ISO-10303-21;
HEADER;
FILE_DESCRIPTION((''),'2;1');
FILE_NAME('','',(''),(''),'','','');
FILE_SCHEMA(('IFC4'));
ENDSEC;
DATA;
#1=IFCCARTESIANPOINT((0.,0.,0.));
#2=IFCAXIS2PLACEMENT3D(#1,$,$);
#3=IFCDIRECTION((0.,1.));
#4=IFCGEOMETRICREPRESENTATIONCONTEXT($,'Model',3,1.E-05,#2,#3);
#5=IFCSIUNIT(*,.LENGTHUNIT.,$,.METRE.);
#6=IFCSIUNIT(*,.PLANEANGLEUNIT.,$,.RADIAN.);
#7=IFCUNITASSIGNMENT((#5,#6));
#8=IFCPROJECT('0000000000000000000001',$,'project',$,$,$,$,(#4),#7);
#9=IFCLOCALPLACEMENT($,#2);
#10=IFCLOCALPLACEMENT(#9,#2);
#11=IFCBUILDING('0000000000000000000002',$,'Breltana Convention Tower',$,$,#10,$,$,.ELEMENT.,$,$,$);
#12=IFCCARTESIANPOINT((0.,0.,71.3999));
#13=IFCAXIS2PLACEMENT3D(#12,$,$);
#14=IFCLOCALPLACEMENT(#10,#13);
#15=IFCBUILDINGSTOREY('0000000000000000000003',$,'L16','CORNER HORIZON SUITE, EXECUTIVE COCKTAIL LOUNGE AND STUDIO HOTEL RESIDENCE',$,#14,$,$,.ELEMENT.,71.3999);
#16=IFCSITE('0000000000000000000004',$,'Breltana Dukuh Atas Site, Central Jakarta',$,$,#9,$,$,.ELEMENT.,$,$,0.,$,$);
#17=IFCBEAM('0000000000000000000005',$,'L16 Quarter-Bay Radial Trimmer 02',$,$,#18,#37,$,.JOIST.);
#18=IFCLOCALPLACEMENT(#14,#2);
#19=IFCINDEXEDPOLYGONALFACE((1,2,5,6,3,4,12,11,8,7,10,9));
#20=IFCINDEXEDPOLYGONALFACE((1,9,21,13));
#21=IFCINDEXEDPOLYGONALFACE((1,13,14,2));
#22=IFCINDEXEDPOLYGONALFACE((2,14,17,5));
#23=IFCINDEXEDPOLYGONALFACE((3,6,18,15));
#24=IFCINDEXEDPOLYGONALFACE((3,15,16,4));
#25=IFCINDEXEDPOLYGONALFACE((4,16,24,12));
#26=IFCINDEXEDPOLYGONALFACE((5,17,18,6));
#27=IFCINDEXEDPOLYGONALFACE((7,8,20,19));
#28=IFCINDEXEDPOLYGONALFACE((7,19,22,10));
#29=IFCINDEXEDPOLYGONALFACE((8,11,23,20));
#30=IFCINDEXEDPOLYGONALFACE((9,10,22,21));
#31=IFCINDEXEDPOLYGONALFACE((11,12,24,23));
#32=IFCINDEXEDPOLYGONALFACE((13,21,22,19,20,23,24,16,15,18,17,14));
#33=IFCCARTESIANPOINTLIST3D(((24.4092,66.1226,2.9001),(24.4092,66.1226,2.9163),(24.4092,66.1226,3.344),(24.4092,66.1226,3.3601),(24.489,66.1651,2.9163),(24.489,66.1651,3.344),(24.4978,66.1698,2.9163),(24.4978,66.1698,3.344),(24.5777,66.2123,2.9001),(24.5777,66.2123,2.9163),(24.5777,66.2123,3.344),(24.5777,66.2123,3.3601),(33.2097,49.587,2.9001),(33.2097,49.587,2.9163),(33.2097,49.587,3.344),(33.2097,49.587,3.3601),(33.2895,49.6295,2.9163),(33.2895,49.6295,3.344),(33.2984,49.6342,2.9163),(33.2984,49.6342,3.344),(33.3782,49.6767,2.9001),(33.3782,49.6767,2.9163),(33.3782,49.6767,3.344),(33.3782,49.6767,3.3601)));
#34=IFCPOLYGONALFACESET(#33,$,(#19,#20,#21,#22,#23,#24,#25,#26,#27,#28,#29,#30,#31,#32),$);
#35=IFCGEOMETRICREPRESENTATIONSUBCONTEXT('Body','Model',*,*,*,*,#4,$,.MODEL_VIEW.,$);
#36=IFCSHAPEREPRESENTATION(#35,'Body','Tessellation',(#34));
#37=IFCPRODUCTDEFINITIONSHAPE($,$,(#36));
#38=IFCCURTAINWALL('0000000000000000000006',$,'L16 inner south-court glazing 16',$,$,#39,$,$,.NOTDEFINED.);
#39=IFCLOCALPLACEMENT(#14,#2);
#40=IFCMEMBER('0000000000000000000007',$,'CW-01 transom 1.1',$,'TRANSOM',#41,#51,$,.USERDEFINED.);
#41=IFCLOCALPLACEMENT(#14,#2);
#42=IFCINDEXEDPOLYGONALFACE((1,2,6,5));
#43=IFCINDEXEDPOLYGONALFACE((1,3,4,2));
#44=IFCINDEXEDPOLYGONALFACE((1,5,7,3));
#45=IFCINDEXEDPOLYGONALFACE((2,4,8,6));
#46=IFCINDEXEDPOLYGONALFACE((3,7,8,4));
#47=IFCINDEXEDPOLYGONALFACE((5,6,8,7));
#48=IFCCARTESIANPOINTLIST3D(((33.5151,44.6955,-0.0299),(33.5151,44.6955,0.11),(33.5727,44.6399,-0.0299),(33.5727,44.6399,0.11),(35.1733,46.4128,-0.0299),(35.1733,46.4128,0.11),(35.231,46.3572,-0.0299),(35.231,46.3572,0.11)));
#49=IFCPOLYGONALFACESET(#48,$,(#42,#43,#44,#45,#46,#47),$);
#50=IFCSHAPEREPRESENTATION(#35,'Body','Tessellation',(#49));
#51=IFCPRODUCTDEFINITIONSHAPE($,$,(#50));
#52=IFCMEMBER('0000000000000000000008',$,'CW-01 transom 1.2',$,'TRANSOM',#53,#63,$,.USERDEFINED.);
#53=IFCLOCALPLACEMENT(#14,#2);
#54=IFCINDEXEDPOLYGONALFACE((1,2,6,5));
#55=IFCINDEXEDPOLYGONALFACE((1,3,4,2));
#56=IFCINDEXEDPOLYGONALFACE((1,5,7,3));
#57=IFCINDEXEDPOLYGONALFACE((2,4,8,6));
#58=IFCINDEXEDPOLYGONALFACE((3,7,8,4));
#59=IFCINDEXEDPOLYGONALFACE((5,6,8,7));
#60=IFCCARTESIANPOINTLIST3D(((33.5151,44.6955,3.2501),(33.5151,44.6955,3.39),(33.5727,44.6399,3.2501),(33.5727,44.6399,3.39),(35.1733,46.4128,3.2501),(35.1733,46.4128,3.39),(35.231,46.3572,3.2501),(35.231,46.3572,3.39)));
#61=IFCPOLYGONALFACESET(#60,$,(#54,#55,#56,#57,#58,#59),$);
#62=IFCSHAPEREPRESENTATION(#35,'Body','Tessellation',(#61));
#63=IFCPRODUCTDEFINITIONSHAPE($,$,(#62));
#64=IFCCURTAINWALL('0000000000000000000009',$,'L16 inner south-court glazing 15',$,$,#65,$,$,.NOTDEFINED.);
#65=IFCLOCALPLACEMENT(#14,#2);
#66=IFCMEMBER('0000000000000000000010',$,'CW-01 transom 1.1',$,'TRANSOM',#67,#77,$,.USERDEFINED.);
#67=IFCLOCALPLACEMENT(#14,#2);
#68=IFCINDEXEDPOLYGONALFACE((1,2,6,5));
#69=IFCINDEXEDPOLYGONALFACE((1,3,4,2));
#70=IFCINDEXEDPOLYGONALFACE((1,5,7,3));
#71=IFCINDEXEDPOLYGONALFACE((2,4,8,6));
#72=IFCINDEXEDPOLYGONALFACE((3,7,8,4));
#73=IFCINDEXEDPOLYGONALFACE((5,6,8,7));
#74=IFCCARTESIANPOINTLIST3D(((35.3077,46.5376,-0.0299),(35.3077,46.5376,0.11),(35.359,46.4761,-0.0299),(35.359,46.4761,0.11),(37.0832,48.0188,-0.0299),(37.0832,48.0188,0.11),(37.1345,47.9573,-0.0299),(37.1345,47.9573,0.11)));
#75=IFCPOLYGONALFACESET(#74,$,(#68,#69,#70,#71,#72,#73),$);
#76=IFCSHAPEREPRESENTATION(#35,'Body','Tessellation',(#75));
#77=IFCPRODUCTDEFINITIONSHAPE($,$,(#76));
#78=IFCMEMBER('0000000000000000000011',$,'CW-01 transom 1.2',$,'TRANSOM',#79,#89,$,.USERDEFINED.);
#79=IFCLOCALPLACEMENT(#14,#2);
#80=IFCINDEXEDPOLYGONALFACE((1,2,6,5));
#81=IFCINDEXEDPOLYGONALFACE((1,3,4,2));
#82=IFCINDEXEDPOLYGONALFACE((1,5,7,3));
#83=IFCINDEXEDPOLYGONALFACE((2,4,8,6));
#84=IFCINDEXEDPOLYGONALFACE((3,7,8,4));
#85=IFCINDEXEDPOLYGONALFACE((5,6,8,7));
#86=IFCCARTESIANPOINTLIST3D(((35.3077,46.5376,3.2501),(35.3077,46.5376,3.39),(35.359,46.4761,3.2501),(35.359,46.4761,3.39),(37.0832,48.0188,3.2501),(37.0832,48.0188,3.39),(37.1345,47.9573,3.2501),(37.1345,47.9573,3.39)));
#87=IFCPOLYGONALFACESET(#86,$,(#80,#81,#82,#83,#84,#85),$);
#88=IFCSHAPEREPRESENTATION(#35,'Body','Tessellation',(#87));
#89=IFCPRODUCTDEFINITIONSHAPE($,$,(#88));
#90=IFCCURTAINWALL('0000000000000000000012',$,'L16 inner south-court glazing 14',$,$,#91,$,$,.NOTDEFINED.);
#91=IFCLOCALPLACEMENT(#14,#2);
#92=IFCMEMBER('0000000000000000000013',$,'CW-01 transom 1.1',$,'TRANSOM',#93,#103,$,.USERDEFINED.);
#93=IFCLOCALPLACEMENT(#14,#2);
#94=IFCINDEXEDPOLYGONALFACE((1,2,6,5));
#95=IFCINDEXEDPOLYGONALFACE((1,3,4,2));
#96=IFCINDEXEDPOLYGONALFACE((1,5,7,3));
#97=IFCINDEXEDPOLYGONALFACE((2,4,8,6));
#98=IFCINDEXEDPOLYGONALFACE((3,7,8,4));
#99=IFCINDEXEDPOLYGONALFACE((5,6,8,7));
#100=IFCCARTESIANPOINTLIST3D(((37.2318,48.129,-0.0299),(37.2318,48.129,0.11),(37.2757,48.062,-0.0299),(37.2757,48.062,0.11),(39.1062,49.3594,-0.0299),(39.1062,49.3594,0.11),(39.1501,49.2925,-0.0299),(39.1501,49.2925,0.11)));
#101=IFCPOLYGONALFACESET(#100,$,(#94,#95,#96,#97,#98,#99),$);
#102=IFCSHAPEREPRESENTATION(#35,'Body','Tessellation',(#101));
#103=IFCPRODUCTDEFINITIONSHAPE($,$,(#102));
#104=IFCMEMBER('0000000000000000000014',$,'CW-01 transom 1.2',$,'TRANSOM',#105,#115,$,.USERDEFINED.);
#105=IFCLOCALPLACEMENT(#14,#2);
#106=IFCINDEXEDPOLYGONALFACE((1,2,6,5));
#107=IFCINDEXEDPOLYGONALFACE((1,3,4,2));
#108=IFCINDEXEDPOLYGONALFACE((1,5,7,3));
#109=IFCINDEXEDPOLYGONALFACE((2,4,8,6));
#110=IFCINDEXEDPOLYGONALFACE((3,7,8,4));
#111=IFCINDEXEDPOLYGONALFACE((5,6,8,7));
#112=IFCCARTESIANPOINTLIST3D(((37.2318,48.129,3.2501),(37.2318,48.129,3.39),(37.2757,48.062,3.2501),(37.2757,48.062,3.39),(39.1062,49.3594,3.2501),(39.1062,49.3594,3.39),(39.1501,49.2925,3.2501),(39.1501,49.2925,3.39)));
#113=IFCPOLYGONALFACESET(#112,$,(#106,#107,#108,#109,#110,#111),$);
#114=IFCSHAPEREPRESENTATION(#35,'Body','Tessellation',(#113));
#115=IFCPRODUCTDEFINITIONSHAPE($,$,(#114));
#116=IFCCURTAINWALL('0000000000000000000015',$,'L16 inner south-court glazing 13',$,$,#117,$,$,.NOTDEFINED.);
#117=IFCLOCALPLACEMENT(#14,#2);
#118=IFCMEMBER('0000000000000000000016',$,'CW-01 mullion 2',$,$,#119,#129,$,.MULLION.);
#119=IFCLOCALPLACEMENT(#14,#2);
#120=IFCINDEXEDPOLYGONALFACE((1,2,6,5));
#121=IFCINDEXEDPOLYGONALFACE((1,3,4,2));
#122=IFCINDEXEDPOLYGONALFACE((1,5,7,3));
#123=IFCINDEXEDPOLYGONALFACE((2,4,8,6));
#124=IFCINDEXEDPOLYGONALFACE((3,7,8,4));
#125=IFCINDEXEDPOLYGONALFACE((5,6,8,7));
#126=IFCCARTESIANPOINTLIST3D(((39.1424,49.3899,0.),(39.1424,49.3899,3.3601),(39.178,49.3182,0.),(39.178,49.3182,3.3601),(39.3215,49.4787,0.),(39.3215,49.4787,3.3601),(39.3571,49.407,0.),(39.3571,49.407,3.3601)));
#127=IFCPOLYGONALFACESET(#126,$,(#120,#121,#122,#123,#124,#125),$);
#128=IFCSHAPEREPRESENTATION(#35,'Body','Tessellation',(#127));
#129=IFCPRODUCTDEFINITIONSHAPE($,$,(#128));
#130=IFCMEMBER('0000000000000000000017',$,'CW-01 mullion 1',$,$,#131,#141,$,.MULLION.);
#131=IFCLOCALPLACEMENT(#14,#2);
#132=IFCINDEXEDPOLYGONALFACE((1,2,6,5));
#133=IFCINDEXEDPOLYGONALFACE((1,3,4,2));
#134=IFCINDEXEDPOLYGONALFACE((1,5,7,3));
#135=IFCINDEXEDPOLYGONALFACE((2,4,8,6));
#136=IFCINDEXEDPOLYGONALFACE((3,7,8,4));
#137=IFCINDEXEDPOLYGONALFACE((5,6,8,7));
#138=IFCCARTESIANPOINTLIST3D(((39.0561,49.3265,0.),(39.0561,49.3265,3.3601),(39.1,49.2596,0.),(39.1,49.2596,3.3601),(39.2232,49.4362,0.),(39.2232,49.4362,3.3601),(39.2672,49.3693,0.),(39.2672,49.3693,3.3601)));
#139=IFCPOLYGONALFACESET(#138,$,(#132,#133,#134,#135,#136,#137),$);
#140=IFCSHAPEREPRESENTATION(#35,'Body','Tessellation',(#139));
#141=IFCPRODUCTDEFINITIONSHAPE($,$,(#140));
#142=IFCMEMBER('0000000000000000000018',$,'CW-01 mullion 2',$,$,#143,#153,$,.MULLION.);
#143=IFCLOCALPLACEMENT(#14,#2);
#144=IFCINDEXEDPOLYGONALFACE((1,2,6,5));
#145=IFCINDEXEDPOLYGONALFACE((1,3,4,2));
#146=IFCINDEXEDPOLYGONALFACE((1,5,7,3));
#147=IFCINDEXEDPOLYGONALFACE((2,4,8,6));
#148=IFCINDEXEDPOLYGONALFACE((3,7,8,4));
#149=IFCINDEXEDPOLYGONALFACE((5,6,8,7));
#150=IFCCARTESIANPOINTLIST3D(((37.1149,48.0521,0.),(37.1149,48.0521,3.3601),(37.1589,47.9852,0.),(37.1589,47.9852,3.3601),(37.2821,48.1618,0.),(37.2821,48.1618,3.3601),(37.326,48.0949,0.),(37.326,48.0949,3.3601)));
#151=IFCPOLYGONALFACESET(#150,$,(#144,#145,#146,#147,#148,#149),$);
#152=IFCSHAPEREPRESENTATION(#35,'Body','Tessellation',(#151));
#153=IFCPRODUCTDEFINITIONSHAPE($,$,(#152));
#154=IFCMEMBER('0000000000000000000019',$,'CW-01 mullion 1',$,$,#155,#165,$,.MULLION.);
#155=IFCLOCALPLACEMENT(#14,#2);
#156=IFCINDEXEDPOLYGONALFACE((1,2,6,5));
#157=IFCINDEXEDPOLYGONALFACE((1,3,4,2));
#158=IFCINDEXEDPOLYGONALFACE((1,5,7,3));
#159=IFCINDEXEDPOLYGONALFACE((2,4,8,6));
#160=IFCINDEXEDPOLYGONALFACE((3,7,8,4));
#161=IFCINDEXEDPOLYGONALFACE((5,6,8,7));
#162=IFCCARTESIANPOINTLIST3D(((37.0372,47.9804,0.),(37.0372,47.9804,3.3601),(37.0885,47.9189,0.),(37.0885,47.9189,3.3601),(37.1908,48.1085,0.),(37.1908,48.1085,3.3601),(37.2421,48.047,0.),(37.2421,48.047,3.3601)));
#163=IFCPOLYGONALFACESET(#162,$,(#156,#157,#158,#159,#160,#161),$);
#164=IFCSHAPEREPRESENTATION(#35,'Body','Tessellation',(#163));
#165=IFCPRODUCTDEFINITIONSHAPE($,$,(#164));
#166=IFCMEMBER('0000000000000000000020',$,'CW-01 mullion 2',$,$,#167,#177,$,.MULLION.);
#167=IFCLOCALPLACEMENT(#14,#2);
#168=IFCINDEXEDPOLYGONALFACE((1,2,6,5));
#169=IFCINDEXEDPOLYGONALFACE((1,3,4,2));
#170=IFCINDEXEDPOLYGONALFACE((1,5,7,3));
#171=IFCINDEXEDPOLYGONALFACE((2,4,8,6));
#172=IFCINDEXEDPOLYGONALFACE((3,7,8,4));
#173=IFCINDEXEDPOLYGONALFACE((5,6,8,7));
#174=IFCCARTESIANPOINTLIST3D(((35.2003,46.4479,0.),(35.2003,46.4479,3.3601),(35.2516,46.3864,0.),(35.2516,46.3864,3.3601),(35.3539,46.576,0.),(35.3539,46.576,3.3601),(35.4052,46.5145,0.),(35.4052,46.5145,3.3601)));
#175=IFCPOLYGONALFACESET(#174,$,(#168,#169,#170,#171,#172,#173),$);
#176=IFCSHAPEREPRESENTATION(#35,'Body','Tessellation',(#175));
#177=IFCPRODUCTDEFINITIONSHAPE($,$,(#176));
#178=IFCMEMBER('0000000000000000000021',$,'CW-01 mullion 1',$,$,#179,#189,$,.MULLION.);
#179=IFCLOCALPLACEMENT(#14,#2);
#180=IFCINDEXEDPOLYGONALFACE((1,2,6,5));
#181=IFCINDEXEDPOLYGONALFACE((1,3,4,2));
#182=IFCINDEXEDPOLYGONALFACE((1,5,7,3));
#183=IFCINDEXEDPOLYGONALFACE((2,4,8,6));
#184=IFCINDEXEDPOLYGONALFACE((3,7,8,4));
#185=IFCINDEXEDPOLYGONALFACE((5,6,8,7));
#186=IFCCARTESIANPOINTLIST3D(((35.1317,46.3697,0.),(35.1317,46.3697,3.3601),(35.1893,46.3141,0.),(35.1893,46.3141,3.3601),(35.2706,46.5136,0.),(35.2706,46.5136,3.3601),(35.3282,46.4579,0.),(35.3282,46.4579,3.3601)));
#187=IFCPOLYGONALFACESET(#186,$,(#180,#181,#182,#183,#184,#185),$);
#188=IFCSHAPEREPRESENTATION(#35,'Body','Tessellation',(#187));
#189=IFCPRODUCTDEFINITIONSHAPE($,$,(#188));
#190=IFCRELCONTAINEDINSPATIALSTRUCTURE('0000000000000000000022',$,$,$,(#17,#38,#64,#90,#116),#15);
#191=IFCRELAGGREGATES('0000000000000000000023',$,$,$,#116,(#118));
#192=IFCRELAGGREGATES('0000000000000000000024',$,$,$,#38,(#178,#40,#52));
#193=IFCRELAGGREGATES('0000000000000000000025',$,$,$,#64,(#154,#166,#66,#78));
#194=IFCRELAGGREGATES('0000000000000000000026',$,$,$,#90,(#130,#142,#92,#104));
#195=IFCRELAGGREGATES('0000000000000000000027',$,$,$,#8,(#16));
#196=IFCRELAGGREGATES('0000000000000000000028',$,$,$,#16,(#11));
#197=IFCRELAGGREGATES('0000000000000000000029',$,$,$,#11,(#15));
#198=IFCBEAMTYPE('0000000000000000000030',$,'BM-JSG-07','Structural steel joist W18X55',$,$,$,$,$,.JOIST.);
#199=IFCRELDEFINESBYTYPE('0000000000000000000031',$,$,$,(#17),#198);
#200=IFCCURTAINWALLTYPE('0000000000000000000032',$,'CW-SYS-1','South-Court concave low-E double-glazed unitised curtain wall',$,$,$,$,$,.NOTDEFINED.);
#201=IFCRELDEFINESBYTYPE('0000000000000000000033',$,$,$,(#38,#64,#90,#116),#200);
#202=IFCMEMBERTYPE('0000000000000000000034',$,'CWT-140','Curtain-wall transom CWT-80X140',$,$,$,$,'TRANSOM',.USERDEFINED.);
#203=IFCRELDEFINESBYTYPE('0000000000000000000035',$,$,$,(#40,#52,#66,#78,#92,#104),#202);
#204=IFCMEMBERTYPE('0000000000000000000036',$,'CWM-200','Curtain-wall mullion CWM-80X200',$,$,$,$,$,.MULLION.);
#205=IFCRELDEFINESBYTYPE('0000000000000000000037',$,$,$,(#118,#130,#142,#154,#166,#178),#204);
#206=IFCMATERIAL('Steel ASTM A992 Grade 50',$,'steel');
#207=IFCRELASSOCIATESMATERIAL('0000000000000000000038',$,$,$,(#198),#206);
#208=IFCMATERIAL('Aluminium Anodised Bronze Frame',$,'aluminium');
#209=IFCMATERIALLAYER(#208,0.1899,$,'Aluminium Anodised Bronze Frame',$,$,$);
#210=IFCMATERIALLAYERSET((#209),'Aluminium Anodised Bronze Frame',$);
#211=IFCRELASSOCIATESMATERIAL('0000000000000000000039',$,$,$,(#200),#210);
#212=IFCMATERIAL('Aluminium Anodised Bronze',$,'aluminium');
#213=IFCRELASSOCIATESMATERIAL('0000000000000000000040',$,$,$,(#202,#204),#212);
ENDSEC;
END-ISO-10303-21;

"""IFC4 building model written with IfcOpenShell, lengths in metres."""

from ifc_helpers import new_model, si_unit, direction, frame, origin, origin_2d, place, context, subcontext, project, spatial, rectangle, i_section, extrude, source, transform, mapped, material, layer, layer_set, material_profile, profile_set, type_object, type_shapes, element, aggregate, save


model = new_model("IFC4")

# Units and contexts
model_context = context("Model", 3, precision=1e-05, world=origin(), true_north=direction((0.0, 1.0)))
body_context = subcontext(model_context, "Body", "Model", "MODEL_VIEW")
ifc_project = project(units=[si_unit("LENGTHUNIT", "METRE"), si_unit("PLANEANGLEUNIT", "RADIAN")], contexts=[model_context])

# Site, building, storey
site_placement = place(None, origin())
site = spatial("IfcSite", under=ifc_project, at=site_placement, Name="Breltana Dukuh Atas Site, Central Jakarta", CompositionType="ELEMENT", RefElevation=0.0)
building_placement = place(site_placement, origin())
building = spatial("IfcBuilding", under=site, at=building_placement, Name="Breltana Convention Tower", CompositionType="ELEMENT")
storey_placement = place(building_placement, frame((0.0, 0.0, 71.3999)))
storey = spatial("IfcBuildingStorey", under=building, at=storey_placement, Name="L16", Description="CORNER HORIZON SUITE, EXECUTIVE COCKTAIL LOUNGE AND STUDIO HOTEL RESIDENCE", CompositionType="ELEMENT", Elevation=71.3999)

# Beam
ifc_material_1 = material(Name="Steel ASTM A992 Grade 50", Category="steel")
ifc_material_profile_1 = material_profile(ifc_material_1, i_section(OverallWidth=0.1909, OverallDepth=0.46, WebThickness=0.01, FlangeThickness=0.0161, at=origin_2d()), Name="W18X55")
ifc_profile_set_1 = profile_set([ifc_material_profile_1], Name="Steel ASTM A992 Grade 50")
beam_type_1 = type_object("IfcBeamType", Name="BM-JSG-07", Description="Structural steel joist W18X55", PredefinedType="JOIST", material=ifc_profile_set_1)
shared_shape_1 = source(origin(), body_context, "Body", "SweptSolid", [
    extrude(i_section(OverallWidth=0.1909, OverallDepth=0.46, WebThickness=0.01, FlangeThickness=0.0161, at=origin_2d()), origin(), (0.0, 0.0, 1.0), 18.7317),
])
beam_1_placement = place(storey_placement, frame((33.2939, 49.6318, 3.1301), z_axis=(-0.46982, 0.882762, 0.0), x_axis=(-0.882762, -0.46982, 0.0)))
element("IfcBeam", 1, at=beam_1_placement, inside=storey, type_object=beam_type_1, Name="L16 Quarter-Bay Radial Trimmer 02", PredefinedType="JOIST", context=body_context, shape_type="MappedRepresentation", body=[
    mapped(shared_shape_1, transform((0.0, 0.0, 0.0), scale=1.0)),
])

# Curtain walls, members
ifc_material_2 = material(Name="Aluminium Anodised Bronze Frame", Category="aluminium")
ifc_layer_1 = layer(ifc_material_2, 0.1899, Name="Aluminium Anodised Bronze Frame")
ifc_layer_set_1 = layer_set([ifc_layer_1], Name="Aluminium Anodised Bronze Frame")
curtain_wall_type = type_object("IfcCurtainWallType", Name="CW-SYS-1", Description="South-Court concave low-E double-glazed unitised curtain wall", PredefinedType="NOTDEFINED", material=ifc_layer_set_1)
curtain_wall_1_placement = place(storey_placement, origin())
curtain_wall_1 = element("IfcCurtainWall", 2, at=curtain_wall_1_placement, inside=storey, type_object=curtain_wall_type, Name="L16 inner south-court glazing 16", PredefinedType="NOTDEFINED")
ifc_material_3 = material(Name="Aluminium Anodised Bronze", Category="aluminium")
ifc_material_profile_2 = material_profile(ifc_material_3, rectangle(XDim=0.0801, YDim=0.1399, at=origin_2d()), Name="CWT-80X140")
ifc_profile_set_2 = profile_set([ifc_material_profile_2], Name="Aluminium Anodised Bronze")
member_type_1 = type_object("IfcMemberType", Name="CWT-140", Description="Curtain-wall transom CWT-80X140", ElementType="TRANSOM", PredefinedType="USERDEFINED", material=ifc_profile_set_2)
shared_shape_2 = source(origin(), body_context, "Body", "SweptSolid", [
    extrude(rectangle(XDim=0.0801, YDim=0.1399, at=origin_2d()), origin(), (0.0, 0.0, 1.0), 2.3872),
])
type_shapes(member_type_1, [shared_shape_2])
member_1_placement = place(storey_placement, frame((35.2021, 46.385, 0.04), z_axis=(-0.694624, -0.719373, 0.0), x_axis=(0.719373, -0.694624, 0.0)))
member_1 = element("IfcMember", 3, at=member_1_placement, type_object=member_type_1, Name="CW-01 transom 1.1", ObjectType="TRANSOM", PredefinedType="USERDEFINED", context=body_context, shape_type="MappedRepresentation", body=[
    mapped(shared_shape_2, transform((0.0, 0.0, 0.0), scale=1.0)),
])
member_2_placement = place(storey_placement, frame((35.2021, 46.385, 3.3201), z_axis=(-0.694624, -0.719373, 0.0), x_axis=(0.719373, -0.694624, 0.0)))
member_2 = element("IfcMember", 4, at=member_2_placement, type_object=member_type_1, Name="CW-01 transom 1.2", ObjectType="TRANSOM", PredefinedType="USERDEFINED", context=body_context, shape_type="MappedRepresentation", body=[
    mapped(shared_shape_2, transform((0.0, 0.0, 0.0), scale=1.0)),
])
curtain_wall_2_placement = place(storey_placement, origin())
curtain_wall_2 = element("IfcCurtainWall", 5, at=curtain_wall_2_placement, inside=storey, type_object=curtain_wall_type, Name="L16 inner south-court glazing 15", PredefinedType="NOTDEFINED")
shared_shape_3 = source(origin(), body_context, "Body", "SweptSolid", [
    extrude(rectangle(XDim=0.0801, YDim=0.1399, at=origin_2d()), origin(), (0.0, 0.0, 1.0), 2.3123),
])
member_3_placement = place(storey_placement, frame((37.1089, 47.988, 0.04), z_axis=(-0.767901, -0.640569, 0.0), x_axis=(0.640569, -0.767901, 0.0)))
member_3 = element("IfcMember", 6, at=member_3_placement, type_object=member_type_1, Name="CW-01 transom 1.1", ObjectType="TRANSOM", PredefinedType="USERDEFINED", context=body_context, shape_type="MappedRepresentation", body=[
    mapped(shared_shape_3, transform((0.0, 0.0, 0.0), scale=1.0)),
])
member_4_placement = place(storey_placement, frame((37.1089, 47.988, 3.3201), z_axis=(-0.767901, -0.640569, 0.0), x_axis=(0.640569, -0.767901, 0.0)))
member_4 = element("IfcMember", 7, at=member_4_placement, type_object=member_type_1, Name="CW-01 transom 1.2", ObjectType="TRANSOM", PredefinedType="USERDEFINED", context=body_context, shape_type="MappedRepresentation", body=[
    mapped(shared_shape_3, transform((0.0, 0.0, 0.0), scale=1.0)),
])
curtain_wall_3_placement = place(storey_placement, origin())
curtain_wall_3 = element("IfcCurtainWall", 8, at=curtain_wall_3_placement, inside=storey, type_object=curtain_wall_type, Name="L16 inner south-court glazing 14", PredefinedType="NOTDEFINED")
shared_shape_4 = source(origin(), body_context, "Body", "SweptSolid", [
    extrude(rectangle(XDim=0.0801, YDim=0.1399, at=origin_2d()), origin(), (0.0, 0.0, 1.0), 2.2422),
])
member_5_placement = place(storey_placement, frame((39.1282, 49.3259, 0.04), z_axis=(-0.835982, -0.548756, 0.0), x_axis=(0.548756, -0.835982, 0.0)))
member_5 = element("IfcMember", 9, at=member_5_placement, type_object=member_type_1, Name="CW-01 transom 1.1", ObjectType="TRANSOM", PredefinedType="USERDEFINED", context=body_context, shape_type="MappedRepresentation", body=[
    mapped(shared_shape_4, transform((0.0, 0.0, 0.0), scale=1.0)),
])
member_6_placement = place(storey_placement, frame((39.1282, 49.3259, 3.3201), z_axis=(-0.835982, -0.548756, 0.0), x_axis=(0.548756, -0.835982, 0.0)))
member_6 = element("IfcMember", 10, at=member_6_placement, type_object=member_type_1, Name="CW-01 transom 1.2", ObjectType="TRANSOM", PredefinedType="USERDEFINED", context=body_context, shape_type="MappedRepresentation", body=[
    mapped(shared_shape_4, transform((0.0, 0.0, 0.0), scale=1.0)),
])

# Curtain wall, member
curtain_wall_4_placement = place(storey_placement, origin())
curtain_wall_4 = element("IfcCurtainWall", 11, at=curtain_wall_4_placement, inside=storey, type_object=curtain_wall_type, Name="L16 inner south-court glazing 13", PredefinedType="NOTDEFINED")
ifc_material_profile_3 = material_profile(ifc_material_3, rectangle(XDim=0.0801, YDim=0.2, at=origin_2d()), Name="CWM-80X200")
ifc_profile_set_3 = profile_set([ifc_material_profile_3], Name="Aluminium Anodised Bronze")
member_type_2 = type_object("IfcMemberType", Name="CWM-200", Description="Curtain-wall mullion CWM-80X200", PredefinedType="MULLION", material=ifc_profile_set_3)
shared_shape_5 = source(origin(), body_context, "Body", "SweptSolid", [
    extrude(rectangle(XDim=0.0801, YDim=0.2, at=origin_2d()), origin(), (0.0, 0.0, 1.0), 3.3601),
])
member_7_placement = place(storey_placement, frame((39.2498, 49.3984, 0.0), z_axis=(0.0, 0.0, 1.0), x_axis=(0.444118, -0.895968, 0.0)))
member_7 = element("IfcMember", 12, at=member_7_placement, type_object=member_type_2, Name="CW-01 mullion 2", PredefinedType="MULLION", context=body_context, shape_type="MappedRepresentation", body=[
    mapped(shared_shape_5, transform((0.0, 0.0, 0.0), scale=1.0)),
])
aggregate(curtain_wall_4, [member_7])

# Members
member_8_placement = place(storey_placement, frame((39.1616, 49.3479, 0.0), z_axis=(0.0, 0.0, 1.0), x_axis=(0.548778, -0.835968, 0.0)))
member_8 = element("IfcMember", 13, at=member_8_placement, type_object=member_type_2, Name="CW-01 mullion 1", PredefinedType="MULLION", context=body_context, shape_type="MappedRepresentation", body=[
    mapped(shared_shape_5, transform((0.0, 0.0, 0.0), scale=1.0)),
])
member_9_placement = place(storey_placement, frame((37.2205, 48.0735, 0.0), z_axis=(0.0, 0.0, 1.0), x_axis=(0.548778, -0.835968, 0.0)))
member_9 = element("IfcMember", 14, at=member_9_placement, type_object=member_type_2, Name="CW-01 mullion 2", PredefinedType="MULLION", context=body_context, shape_type="MappedRepresentation", body=[
    mapped(shared_shape_5, transform((0.0, 0.0, 0.0), scale=1.0)),
])
member_10_placement = place(storey_placement, frame((37.1396, 48.0137, 0.0), z_axis=(0.0, 0.0, 1.0), x_axis=(0.640523, -0.767939, 0.0)))
member_10 = element("IfcMember", 15, at=member_10_placement, type_object=member_type_2, Name="CW-01 mullion 1", PredefinedType="MULLION", context=body_context, shape_type="MappedRepresentation", body=[
    mapped(shared_shape_5, transform((0.0, 0.0, 0.0), scale=1.0)),
])
member_11_placement = place(storey_placement, frame((35.3027, 46.4812, 0.0), z_axis=(0.0, 0.0, 1.0), x_axis=(0.640523, -0.767939, 0.0)))
member_11 = element("IfcMember", 16, at=member_11_placement, type_object=member_type_2, Name="CW-01 mullion 2", PredefinedType="MULLION", context=body_context, shape_type="MappedRepresentation", body=[
    mapped(shared_shape_5, transform((0.0, 0.0, 0.0), scale=1.0)),
])
member_12_placement = place(storey_placement, frame((35.23, 46.4138, 0.0), z_axis=(0.0, 0.0, 1.0), x_axis=(0.719385, -0.694612, 0.0)))
member_12 = element("IfcMember", 17, at=member_12_placement, type_object=member_type_2, Name="CW-01 mullion 1", PredefinedType="MULLION", context=body_context, shape_type="MappedRepresentation", body=[
    mapped(shared_shape_5, transform((0.0, 0.0, 0.0), scale=1.0)),
])
aggregate(curtain_wall_1, [member_12, member_1, member_2])

aggregate(curtain_wall_2, [member_10, member_11, member_3, member_4])
aggregate(curtain_wall_3, [member_8, member_9, member_5, member_6])

save(model, "model.ifc")
